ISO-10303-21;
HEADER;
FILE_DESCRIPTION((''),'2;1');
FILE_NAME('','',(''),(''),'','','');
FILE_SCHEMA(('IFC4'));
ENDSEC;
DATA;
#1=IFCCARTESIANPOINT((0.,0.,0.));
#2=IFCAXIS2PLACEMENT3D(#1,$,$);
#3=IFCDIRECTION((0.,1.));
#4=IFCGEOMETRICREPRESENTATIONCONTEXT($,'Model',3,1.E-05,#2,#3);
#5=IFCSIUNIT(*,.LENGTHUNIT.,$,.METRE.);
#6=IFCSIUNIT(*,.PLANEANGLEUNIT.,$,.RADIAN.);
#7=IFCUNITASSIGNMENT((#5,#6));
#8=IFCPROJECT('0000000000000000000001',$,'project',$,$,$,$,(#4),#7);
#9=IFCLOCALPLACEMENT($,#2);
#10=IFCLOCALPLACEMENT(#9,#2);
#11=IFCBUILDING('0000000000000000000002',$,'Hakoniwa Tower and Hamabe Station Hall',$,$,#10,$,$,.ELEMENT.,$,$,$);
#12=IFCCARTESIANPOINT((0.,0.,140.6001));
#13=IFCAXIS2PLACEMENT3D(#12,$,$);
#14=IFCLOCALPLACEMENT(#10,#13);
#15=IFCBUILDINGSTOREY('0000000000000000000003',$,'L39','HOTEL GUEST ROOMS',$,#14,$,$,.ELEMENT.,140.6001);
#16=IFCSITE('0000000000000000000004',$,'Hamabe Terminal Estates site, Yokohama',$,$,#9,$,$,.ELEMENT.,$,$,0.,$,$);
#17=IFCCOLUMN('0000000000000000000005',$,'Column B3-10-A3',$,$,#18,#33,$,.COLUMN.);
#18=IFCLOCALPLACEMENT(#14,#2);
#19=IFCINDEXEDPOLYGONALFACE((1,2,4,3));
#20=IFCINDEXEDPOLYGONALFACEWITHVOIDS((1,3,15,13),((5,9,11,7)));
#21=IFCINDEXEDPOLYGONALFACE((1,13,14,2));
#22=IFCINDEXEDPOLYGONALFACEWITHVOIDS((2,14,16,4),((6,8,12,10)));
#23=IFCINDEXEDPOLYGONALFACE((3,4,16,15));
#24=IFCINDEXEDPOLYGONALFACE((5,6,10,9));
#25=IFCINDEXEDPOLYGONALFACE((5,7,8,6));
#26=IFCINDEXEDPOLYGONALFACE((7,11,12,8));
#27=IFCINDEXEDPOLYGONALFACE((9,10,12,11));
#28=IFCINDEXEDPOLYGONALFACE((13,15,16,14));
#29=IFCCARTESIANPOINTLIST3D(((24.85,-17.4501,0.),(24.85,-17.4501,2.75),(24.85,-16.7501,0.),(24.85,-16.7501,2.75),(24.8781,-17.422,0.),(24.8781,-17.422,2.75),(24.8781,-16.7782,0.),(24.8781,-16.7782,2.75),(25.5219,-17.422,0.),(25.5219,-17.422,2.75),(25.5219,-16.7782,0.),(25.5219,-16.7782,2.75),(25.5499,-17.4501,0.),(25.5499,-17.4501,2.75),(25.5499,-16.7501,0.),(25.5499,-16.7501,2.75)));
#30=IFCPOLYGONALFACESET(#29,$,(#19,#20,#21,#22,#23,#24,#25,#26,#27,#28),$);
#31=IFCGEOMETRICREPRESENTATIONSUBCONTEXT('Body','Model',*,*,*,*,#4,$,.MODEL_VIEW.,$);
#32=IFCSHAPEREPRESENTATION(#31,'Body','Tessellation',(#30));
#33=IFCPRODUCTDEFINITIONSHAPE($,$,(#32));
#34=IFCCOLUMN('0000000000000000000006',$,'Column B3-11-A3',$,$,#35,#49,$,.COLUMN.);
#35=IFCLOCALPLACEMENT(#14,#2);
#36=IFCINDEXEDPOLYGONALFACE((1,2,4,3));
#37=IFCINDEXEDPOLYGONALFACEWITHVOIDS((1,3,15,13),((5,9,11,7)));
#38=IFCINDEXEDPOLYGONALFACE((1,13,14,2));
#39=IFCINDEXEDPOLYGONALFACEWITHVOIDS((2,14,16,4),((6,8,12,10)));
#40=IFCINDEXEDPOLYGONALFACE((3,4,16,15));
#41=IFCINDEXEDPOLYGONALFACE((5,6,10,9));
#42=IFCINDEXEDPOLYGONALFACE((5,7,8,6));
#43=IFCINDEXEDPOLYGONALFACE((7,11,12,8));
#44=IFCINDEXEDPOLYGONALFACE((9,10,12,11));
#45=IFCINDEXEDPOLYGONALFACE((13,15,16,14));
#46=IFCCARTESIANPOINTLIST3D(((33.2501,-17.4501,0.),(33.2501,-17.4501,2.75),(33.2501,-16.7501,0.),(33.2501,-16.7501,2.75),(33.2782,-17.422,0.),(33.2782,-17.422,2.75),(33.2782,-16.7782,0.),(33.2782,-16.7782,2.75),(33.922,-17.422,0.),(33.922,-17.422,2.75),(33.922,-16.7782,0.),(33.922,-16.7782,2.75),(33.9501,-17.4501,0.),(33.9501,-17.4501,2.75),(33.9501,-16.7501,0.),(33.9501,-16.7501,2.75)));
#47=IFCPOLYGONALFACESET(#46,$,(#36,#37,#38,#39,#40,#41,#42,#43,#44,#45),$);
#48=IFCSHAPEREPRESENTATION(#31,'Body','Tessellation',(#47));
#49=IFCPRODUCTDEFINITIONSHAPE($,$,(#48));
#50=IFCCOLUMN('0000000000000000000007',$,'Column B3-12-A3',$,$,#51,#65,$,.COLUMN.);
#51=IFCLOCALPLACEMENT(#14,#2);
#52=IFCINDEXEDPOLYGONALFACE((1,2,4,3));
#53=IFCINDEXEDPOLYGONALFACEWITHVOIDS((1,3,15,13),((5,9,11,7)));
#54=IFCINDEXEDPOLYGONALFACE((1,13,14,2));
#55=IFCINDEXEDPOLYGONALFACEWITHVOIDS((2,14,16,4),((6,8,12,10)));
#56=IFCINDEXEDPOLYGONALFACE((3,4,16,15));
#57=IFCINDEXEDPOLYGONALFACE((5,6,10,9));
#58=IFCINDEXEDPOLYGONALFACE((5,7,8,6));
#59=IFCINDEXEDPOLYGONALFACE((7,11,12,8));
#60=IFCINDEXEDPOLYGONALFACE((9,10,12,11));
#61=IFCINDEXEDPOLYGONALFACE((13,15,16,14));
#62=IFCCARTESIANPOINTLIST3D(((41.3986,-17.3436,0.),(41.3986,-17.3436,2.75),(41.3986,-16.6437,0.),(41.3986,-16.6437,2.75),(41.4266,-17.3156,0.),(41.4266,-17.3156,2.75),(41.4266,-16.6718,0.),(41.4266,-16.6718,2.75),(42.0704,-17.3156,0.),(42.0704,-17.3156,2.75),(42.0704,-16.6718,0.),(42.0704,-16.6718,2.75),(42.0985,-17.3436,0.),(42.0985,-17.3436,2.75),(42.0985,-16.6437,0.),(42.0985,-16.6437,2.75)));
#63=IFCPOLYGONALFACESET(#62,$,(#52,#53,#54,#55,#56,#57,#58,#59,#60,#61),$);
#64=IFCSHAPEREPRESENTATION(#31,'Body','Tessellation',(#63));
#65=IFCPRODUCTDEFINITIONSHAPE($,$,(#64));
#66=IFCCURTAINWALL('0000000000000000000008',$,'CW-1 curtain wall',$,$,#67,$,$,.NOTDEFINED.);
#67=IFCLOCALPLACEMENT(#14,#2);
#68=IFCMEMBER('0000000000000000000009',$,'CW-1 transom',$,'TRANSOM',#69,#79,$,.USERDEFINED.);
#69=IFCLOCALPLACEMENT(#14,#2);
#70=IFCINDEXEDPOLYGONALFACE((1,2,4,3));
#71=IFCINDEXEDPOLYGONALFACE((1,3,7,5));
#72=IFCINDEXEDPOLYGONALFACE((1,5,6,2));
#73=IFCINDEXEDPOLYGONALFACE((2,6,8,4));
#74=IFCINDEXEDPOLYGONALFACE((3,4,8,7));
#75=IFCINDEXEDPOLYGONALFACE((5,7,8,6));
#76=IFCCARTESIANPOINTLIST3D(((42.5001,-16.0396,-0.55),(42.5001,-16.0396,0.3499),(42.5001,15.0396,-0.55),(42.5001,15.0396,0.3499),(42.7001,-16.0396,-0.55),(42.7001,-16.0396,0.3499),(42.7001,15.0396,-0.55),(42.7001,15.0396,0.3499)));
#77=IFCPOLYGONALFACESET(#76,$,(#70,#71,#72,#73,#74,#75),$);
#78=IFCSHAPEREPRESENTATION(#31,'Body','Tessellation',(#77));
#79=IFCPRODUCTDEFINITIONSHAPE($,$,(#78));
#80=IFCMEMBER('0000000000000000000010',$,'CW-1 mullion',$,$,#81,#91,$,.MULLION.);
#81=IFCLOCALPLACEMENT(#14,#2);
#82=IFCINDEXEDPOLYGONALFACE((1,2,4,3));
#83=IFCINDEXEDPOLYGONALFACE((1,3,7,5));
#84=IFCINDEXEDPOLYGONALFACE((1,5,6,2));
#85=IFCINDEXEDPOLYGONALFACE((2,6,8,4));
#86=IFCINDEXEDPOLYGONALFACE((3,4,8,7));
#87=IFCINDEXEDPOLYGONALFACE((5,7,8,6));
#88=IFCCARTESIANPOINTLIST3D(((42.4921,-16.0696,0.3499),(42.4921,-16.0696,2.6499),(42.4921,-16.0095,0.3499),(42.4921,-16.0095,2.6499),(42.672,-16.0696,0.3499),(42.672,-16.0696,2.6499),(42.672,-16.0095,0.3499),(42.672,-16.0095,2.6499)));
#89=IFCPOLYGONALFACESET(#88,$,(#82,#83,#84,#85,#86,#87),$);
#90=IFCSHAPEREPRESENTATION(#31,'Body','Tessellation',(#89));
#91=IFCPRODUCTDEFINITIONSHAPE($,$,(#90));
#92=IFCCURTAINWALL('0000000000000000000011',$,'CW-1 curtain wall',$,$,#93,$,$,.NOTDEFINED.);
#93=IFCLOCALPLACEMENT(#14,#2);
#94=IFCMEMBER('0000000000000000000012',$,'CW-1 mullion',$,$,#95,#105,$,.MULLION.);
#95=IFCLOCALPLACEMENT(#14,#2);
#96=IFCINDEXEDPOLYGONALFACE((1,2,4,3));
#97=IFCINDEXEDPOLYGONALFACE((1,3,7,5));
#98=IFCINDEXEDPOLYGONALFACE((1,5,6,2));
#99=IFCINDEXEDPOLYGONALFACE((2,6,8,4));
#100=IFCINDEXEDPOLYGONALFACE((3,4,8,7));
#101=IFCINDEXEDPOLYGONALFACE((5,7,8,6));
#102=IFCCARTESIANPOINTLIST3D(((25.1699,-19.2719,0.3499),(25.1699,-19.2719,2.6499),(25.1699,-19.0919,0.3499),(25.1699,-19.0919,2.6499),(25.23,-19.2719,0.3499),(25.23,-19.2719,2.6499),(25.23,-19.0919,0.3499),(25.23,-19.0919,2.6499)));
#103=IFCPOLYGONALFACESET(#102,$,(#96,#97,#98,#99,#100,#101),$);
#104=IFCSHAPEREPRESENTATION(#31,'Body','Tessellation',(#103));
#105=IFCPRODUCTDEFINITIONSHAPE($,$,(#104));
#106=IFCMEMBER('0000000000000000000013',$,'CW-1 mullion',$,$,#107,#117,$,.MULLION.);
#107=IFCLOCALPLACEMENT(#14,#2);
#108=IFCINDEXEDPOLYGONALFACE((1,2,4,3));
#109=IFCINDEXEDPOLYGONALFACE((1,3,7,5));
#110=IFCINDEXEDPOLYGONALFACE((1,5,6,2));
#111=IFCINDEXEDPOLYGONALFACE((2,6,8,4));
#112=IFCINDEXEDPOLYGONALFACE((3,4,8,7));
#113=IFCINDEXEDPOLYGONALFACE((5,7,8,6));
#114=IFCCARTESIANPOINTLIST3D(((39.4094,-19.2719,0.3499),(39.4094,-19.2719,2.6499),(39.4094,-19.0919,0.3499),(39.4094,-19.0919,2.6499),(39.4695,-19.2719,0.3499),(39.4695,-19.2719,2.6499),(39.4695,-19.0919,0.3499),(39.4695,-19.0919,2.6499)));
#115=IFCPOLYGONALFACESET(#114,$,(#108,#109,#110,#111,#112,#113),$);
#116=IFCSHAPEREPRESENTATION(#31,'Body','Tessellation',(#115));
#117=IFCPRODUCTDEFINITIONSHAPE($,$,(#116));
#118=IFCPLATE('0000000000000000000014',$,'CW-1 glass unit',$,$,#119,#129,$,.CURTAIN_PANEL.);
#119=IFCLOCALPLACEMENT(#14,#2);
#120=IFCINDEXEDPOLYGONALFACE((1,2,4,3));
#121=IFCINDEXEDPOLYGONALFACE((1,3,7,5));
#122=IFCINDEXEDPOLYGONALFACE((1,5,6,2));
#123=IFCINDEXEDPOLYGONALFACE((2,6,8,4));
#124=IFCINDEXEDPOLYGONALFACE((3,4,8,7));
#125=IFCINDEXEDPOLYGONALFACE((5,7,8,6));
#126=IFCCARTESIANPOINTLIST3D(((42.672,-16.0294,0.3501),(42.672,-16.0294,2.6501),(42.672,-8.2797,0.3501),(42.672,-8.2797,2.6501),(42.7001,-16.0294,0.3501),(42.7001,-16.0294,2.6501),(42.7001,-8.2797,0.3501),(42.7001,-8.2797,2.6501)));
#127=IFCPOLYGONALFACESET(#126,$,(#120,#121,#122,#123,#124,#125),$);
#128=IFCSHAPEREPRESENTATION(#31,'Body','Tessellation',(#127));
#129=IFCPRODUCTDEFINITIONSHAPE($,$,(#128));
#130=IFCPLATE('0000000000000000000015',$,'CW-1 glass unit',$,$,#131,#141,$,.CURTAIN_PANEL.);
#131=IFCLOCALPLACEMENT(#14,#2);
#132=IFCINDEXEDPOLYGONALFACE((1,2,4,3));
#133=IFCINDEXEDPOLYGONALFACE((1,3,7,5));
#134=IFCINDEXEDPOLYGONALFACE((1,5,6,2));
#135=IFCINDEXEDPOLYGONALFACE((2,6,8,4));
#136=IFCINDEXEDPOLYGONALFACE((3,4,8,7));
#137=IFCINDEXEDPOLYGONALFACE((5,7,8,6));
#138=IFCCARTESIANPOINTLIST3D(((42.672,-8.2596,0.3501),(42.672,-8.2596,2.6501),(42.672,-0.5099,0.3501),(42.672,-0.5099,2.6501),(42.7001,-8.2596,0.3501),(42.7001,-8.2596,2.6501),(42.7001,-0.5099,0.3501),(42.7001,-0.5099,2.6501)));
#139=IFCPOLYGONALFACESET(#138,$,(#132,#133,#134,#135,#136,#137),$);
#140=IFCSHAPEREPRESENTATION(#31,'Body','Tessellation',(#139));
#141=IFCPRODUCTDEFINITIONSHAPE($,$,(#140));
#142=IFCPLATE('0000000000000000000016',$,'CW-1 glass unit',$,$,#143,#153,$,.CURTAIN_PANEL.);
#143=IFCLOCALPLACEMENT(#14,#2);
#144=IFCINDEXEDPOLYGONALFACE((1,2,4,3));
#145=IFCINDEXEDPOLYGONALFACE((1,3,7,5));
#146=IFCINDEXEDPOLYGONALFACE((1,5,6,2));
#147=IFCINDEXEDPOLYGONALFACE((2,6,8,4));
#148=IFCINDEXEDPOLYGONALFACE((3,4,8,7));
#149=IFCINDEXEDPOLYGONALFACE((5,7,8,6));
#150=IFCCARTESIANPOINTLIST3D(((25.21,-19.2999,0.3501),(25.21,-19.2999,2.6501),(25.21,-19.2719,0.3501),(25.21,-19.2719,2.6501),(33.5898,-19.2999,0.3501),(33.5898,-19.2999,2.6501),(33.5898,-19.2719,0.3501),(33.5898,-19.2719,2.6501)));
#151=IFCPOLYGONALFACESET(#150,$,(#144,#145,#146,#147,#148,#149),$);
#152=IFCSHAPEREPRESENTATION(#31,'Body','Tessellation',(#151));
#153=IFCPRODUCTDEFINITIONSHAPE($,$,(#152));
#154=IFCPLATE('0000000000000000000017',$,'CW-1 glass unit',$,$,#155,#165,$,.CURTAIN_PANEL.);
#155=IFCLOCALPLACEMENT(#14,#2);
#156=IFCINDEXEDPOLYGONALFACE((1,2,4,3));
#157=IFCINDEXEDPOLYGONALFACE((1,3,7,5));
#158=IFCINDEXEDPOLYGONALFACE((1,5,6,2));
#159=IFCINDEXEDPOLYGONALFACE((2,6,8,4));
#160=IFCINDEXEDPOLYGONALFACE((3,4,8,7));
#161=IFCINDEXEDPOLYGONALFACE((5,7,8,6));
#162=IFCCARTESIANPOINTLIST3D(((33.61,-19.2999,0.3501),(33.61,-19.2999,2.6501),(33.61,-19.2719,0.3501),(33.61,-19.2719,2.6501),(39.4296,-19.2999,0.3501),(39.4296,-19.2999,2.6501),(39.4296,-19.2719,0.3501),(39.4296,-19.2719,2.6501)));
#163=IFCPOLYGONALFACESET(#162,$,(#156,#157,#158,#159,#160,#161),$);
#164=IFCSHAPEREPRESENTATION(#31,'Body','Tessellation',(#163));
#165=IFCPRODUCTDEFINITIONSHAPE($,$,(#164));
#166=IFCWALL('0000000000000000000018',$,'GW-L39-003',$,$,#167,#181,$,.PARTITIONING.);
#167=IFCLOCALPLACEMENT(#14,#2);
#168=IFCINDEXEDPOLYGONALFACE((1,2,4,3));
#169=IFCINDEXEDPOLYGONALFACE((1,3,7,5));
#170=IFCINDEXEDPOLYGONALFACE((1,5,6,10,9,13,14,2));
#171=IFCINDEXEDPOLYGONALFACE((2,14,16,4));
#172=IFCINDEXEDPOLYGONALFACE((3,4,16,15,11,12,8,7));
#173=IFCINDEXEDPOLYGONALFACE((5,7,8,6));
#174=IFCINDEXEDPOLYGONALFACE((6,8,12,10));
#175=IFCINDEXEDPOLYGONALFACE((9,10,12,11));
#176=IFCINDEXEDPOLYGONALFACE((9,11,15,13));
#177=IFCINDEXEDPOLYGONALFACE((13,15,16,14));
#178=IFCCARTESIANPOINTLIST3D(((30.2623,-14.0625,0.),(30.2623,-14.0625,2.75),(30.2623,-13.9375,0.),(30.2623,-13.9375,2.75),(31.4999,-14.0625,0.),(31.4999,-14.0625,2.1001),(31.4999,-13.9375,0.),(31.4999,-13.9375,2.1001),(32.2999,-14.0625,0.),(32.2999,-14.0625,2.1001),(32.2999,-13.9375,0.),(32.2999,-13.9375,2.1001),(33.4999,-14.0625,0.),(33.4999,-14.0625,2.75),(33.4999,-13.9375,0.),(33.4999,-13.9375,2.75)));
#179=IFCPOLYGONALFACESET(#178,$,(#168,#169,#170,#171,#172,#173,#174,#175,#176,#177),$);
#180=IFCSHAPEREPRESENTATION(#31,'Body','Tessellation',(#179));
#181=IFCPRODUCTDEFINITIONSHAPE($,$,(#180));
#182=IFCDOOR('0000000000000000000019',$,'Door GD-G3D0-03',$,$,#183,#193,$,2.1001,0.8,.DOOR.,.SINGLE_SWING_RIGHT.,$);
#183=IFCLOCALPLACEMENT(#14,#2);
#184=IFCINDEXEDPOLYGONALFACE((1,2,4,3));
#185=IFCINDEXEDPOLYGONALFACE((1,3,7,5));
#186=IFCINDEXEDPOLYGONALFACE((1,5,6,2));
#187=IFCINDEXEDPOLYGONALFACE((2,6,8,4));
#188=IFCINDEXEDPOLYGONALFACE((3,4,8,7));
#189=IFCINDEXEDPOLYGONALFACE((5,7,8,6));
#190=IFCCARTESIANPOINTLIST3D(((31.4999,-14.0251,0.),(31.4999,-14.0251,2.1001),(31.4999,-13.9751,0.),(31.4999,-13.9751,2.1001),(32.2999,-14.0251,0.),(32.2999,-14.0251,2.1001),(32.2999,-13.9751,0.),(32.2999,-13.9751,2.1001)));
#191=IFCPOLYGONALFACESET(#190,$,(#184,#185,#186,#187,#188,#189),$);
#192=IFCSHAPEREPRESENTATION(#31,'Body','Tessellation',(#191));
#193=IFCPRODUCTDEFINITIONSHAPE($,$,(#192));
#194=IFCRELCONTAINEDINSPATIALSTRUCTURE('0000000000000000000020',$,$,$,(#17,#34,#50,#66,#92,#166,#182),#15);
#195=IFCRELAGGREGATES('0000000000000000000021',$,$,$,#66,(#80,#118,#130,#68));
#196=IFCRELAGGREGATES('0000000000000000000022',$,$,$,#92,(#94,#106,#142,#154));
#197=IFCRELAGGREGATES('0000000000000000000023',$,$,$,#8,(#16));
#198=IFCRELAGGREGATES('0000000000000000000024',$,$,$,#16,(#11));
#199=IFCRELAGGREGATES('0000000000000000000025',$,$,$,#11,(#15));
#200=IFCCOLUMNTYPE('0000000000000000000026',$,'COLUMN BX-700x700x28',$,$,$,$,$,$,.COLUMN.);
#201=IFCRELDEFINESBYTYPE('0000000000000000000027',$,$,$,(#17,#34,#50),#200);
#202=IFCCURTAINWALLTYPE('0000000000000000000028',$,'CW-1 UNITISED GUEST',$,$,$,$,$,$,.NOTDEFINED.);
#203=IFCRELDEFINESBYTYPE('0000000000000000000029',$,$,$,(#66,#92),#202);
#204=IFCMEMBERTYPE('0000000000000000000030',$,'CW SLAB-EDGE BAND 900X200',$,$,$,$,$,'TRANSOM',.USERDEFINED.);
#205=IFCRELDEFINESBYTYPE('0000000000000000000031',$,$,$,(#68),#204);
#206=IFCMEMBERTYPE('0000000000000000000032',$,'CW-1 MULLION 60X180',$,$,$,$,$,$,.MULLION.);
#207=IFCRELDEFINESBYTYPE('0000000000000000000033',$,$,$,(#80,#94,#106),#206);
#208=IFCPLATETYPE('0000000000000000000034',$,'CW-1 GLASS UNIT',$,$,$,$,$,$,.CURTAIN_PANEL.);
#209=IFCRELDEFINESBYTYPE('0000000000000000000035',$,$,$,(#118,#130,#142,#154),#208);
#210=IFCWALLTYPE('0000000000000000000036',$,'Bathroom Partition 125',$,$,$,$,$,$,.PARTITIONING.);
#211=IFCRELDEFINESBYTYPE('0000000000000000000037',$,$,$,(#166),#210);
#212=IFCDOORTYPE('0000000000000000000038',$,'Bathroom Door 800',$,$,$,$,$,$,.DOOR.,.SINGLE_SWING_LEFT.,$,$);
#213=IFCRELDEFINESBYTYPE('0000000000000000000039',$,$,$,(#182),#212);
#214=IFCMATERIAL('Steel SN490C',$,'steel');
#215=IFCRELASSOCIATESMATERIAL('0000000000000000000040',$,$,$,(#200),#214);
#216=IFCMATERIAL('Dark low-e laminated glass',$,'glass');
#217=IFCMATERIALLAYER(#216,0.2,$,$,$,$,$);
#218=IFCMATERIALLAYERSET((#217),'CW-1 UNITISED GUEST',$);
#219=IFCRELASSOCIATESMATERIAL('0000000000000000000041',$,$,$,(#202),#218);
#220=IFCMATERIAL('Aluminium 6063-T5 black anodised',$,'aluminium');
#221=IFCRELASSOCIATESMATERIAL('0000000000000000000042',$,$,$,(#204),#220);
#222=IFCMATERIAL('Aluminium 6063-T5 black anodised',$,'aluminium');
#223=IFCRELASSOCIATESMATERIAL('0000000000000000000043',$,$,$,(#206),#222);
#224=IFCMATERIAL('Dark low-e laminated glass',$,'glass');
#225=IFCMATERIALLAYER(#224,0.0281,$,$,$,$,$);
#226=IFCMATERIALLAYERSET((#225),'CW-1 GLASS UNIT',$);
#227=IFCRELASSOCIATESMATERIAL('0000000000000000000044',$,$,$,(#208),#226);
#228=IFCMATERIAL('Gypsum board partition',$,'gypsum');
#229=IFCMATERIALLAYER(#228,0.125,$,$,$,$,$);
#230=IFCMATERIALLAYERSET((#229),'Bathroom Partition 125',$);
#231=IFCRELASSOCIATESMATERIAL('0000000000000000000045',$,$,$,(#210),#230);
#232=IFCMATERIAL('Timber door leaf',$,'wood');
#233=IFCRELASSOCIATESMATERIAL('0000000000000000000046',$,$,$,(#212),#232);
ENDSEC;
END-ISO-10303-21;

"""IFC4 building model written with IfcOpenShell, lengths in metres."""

from ifc_helpers import new_model, si_unit, direction, frame, frame_2d, origin, origin_2d, place, context, subcontext, project, spatial, rectangle, hollow_rectangle, extrude, material, layer, layer_set, material_profile, profile_set, type_object, element, fill, aggregate, save


model = new_model("IFC4")

# Units and contexts
model_context = context("Model", 3, precision=1e-05, world=origin(), true_north=direction((0.0, 1.0)))
body_context = subcontext(model_context, "Body", "Model", "MODEL_VIEW")
ifc_project = project(units=[si_unit("LENGTHUNIT", "METRE"), si_unit("PLANEANGLEUNIT", "RADIAN")], contexts=[model_context])

# Site, building, storey
site_placement = place(None, origin())
site = spatial("IfcSite", under=ifc_project, at=site_placement, Name="Hamabe Terminal Estates site, Yokohama", CompositionType="ELEMENT", RefElevation=0.0)
building_placement = place(site_placement, origin())
building = spatial("IfcBuilding", under=site, at=building_placement, Name="Hakoniwa Tower and Hamabe Station Hall", CompositionType="ELEMENT")
storey_placement = place(building_placement, frame((0.0, 0.0, 140.6001)))
storey = spatial("IfcBuildingStorey", under=building, at=storey_placement, Name="L39", Description="HOTEL GUEST ROOMS", CompositionType="ELEMENT", Elevation=140.6001)

# Columns
ifc_material_1 = material(Name="Steel SN490C", Category="steel")
ifc_material_profile_1 = material_profile(ifc_material_1, hollow_rectangle(XDim=0.7, YDim=0.7, WallThickness=0.0281, at=origin_2d()), Name="BX-700x700x28")
ifc_profile_set_1 = profile_set([ifc_material_profile_1], Name="Steel SN490C")
column_type = type_object("IfcColumnType", Name="COLUMN BX-700x700x28", PredefinedType="COLUMN", material=ifc_profile_set_1)
for number, where, z_axis, x_axis, name in (
    (1, (25.2, -17.1001, 0.0), (0.0, 0.0, 1.0), (1.0, 0.0, 0.0), "Column B3-10-A3"),
    (2, (33.6001, -17.1001, 0.0), (0.0, 0.0, 1.0), (1.0, 0.0, 0.0), "Column B3-11-A3"),
    (3, (41.7485, -16.9937, 0.0), (0.0, 0.0, 1.0), (1.0, 0.0, 0.0), "Column B3-12-A3"),
):
    element("IfcColumn", number, at=place(storey_placement, frame(where, z_axis=z_axis, x_axis=x_axis)), inside=storey, type_object=column_type, Name=name, PredefinedType="COLUMN", context=body_context, shape_type="SweptSolid", body=[
        extrude(hollow_rectangle(XDim=0.7, YDim=0.7, WallThickness=0.0281, at=origin_2d()), origin(), (0.0, 0.0, 1.0), 2.75),
    ])

# Curtain walls, members
ifc_material_2 = material(Name="Dark low-e laminated glass", Category="glass")
ifc_layer_1 = layer(ifc_material_2, 0.2)
ifc_layer_set_1 = layer_set([ifc_layer_1], Name="CW-1 UNITISED GUEST")
curtain_wall_type = type_object("IfcCurtainWallType", Name="CW-1 UNITISED GUEST", PredefinedType="NOTDEFINED", material=ifc_layer_set_1)
curtain_wall_1_placement = place(storey_placement, origin())
curtain_wall_1 = element("IfcCurtainWall", 4, at=curtain_wall_1_placement, inside=storey, type_object=curtain_wall_type, Name="CW-1 curtain wall", PredefinedType="NOTDEFINED")
ifc_material_3 = material(Name="Aluminium 6063-T5 black anodised", Category="aluminium")
ifc_material_profile_2 = material_profile(ifc_material_3, rectangle(XDim=0.2, YDim=0.8999, at=origin_2d()), Name="CW SLAB-EDGE BAND 900X200")
ifc_profile_set_2 = profile_set([ifc_material_profile_2], Name="Aluminium 6063-T5 black anodised")
member_type_1 = type_object("IfcMemberType", Name="CW SLAB-EDGE BAND 900X200", ElementType="TRANSOM", PredefinedType="USERDEFINED", material=ifc_profile_set_2)
member_1_placement = place(storey_placement, frame((42.6001, -16.0396, -0.1001), z_axis=(0.0, 1.0, 0.0), x_axis=(-1.0, 0.0, 0.0)))
member_1 = element("IfcMember", 5, at=member_1_placement, type_object=member_type_1, Name="CW-1 transom", ObjectType="TRANSOM", PredefinedType="USERDEFINED", context=body_context, shape_type="SweptSolid", body=[
    extrude(rectangle(XDim=0.2, YDim=0.8999, at=origin_2d()), origin(), (0.0, 0.0, 1.0), 31.0791),
])
ifc_material_4 = material(Name="Aluminium 6063-T5 black anodised", Category="aluminium")
ifc_material_profile_3 = material_profile(ifc_material_4, rectangle(XDim=0.0601, YDim=0.1799, at=origin_2d()), Name="CW-1 MULLION 60X180")
ifc_profile_set_3 = profile_set([ifc_material_profile_3], Name="Aluminium 6063-T5 black anodised")
member_type_2 = type_object("IfcMemberType", Name="CW-1 MULLION 60X180", PredefinedType="MULLION", material=ifc_profile_set_3)
member_2_placement = place(storey_placement, frame((42.582, -16.0396, 0.3499), z_axis=(0.0, 0.0, 1.0), x_axis=(0.0, 1.0, 0.0)))
member_2 = element("IfcMember", 6, at=member_2_placement, type_object=member_type_2, Name="CW-1 mullion", PredefinedType="MULLION", context=body_context, shape_type="SweptSolid", body=[
    extrude(rectangle(XDim=0.0601, YDim=0.1799, at=origin_2d()), origin(), (0.0, 0.0, 1.0), 2.3),
])
curtain_wall_2_placement = place(storey_placement, origin())
curtain_wall_2 = element("IfcCurtainWall", 7, at=curtain_wall_2_placement, inside=storey, type_object=curtain_wall_type, Name="CW-1 curtain wall", PredefinedType="NOTDEFINED")
member_3_placement = place(storey_placement, frame((25.2, -19.1819, 0.3499), z_axis=(0.0, 0.0, 1.0), x_axis=(1.0, 0.0, 0.0)))
member_3 = element("IfcMember", 8, at=member_3_placement, type_object=member_type_2, Name="CW-1 mullion", PredefinedType="MULLION", context=body_context, shape_type="SweptSolid", body=[
    extrude(rectangle(XDim=0.0601, YDim=0.1799, at=origin_2d()), origin(), (0.0, 0.0, 1.0), 2.3),
])
member_4_placement = place(storey_placement, frame((39.4395, -19.1819, 0.3499), z_axis=(0.0, 0.0, 1.0), x_axis=(1.0, 0.0, 0.0)))
member_4 = element("IfcMember", 9, at=member_4_placement, type_object=member_type_2, Name="CW-1 mullion", PredefinedType="MULLION", context=body_context, shape_type="SweptSolid", body=[
    extrude(rectangle(XDim=0.0601, YDim=0.1799, at=origin_2d()), origin(), (0.0, 0.0, 1.0), 2.3),
])

# Plates
ifc_material_5 = material(Name="Dark low-e laminated glass", Category="glass")
ifc_layer_2 = layer(ifc_material_5, 0.0281)
ifc_layer_set_2 = layer_set([ifc_layer_2], Name="CW-1 GLASS UNIT")
plate_type = type_object("IfcPlateType", Name="CW-1 GLASS UNIT", PredefinedType="CURTAIN_PANEL", material=ifc_layer_set_2)
plate_1_placement = place(storey_placement, frame((42.686, -12.1545, 0.3501), z_axis=(0.0, 0.0, 1.0), x_axis=(0.0, 1.0, 0.0)))
plate_1 = element("IfcPlate", 10, at=plate_1_placement, type_object=plate_type, Name="CW-1 glass unit", PredefinedType="CURTAIN_PANEL", context=body_context, shape_type="SweptSolid", body=[
    extrude(rectangle(XDim=7.7498, YDim=0.0281, at=origin_2d()), origin(), (0.0, 0.0, 1.0), 2.3),
])
plate_2_placement = place(storey_placement, frame((42.686, -4.3848, 0.3501), z_axis=(0.0, 0.0, 1.0), x_axis=(0.0, 1.0, 0.0)))
plate_2 = element("IfcPlate", 11, at=plate_2_placement, type_object=plate_type, Name="CW-1 glass unit", PredefinedType="CURTAIN_PANEL", context=body_context, shape_type="SweptSolid", body=[
    extrude(rectangle(XDim=7.7498, YDim=0.0281, at=origin_2d()), origin(), (0.0, 0.0, 1.0), 2.3),
])
aggregate(curtain_wall_1, [member_2, plate_1, plate_2, member_1])
plate_3_placement = place(storey_placement, frame((29.3999, -19.2859, 0.3501), z_axis=(0.0, 0.0, 1.0), x_axis=(1.0, 0.0, 0.0)))
plate_3 = element("IfcPlate", 12, at=plate_3_placement, type_object=plate_type, Name="CW-1 glass unit", PredefinedType="CURTAIN_PANEL", context=body_context, shape_type="SweptSolid", body=[
    extrude(rectangle(XDim=8.3799, YDim=0.0281, at=origin_2d()), origin(), (0.0, 0.0, 1.0), 2.3),
])
plate_4_placement = place(storey_placement, frame((36.5198, -19.2859, 0.3501), z_axis=(0.0, 0.0, 1.0), x_axis=(1.0, 0.0, 0.0)))
plate_4 = element("IfcPlate", 13, at=plate_4_placement, type_object=plate_type, Name="CW-1 glass unit", PredefinedType="CURTAIN_PANEL", context=body_context, shape_type="SweptSolid", body=[
    extrude(rectangle(XDim=5.8196, YDim=0.0281, at=origin_2d()), origin(), (0.0, 0.0, 1.0), 2.3),
])
aggregate(curtain_wall_2, [member_3, member_4, plate_3, plate_4])

# Wall, opening, door
ifc_material_6 = material(Name="Gypsum board partition", Category="gypsum")
ifc_layer_3 = layer(ifc_material_6, 0.125)
ifc_layer_set_3 = layer_set([ifc_layer_3], Name="Bathroom Partition 125")
wall_type_1 = type_object("IfcWallType", Name="Bathroom Partition 125", PredefinedType="PARTITIONING", material=ifc_layer_set_3)
wall_1_placement = place(storey_placement, frame((30.2625, -14.0, 0.0), z_axis=(0.0, 0.0, 1.0), x_axis=(1.0, 0.0, 0.0)))
wall_1 = element("IfcWall", 14, at=wall_1_placement, inside=storey, type_object=wall_type_1, Name="GW-L39-003", PredefinedType="PARTITIONING", context=body_context, shape_type="SweptSolid", body=[
    extrude(rectangle(XDim=3.2375, YDim=0.125, at=frame_2d((1.6187, 0.0))), origin(), (0.0, 0.0, 1.0), 2.75),
])
opening_1_placement = place(wall_1_placement, frame((1.2375, 0.0, 0.0)))
opening_1 = element("IfcOpeningElement", 15, at=opening_1_placement, cuts=wall_1, PredefinedType="OPENING", context=body_context, shape_type="SweptSolid", body=[
    extrude(rectangle(XDim=0.8, YDim=2.1001, at=frame_2d((0.3999, 1.05))), frame((0.0, 0.0725, 0.0), z_axis=(0.0, -1.0, 0.0), x_axis=(1.0, 0.0, 0.0)), (0.0, 0.0, 1.0), 0.145),
])
ifc_material_7 = material(Name="Timber door leaf", Category="wood")
door_type_1 = type_object("IfcDoorType", Name="Bathroom Door 800", OperationType="SINGLE_SWING_LEFT", PredefinedType="DOOR", material=ifc_material_7)
door_1_placement = place(opening_1_placement, origin())
door_1 = element("IfcDoor", 16, at=door_1_placement, inside=storey, type_object=door_type_1, Name="Door GD-G3D0-03", OperationType="SINGLE_SWING_RIGHT", OverallHeight=2.1001, OverallWidth=0.8, PredefinedType="DOOR", context=body_context, shape_type="SweptSolid", body=[
    extrude(rectangle(XDim=0.8, YDim=2.1001, at=frame_2d((0.3999, 1.05))), frame((0.0, 0.0249, 0.0), z_axis=(0.0, -1.0, 0.0), x_axis=(1.0, 0.0, 0.0)), (0.0, 0.0, 1.0), 0.05),
])
fill(opening_1, door_1)

save(model, "model.ifc")
